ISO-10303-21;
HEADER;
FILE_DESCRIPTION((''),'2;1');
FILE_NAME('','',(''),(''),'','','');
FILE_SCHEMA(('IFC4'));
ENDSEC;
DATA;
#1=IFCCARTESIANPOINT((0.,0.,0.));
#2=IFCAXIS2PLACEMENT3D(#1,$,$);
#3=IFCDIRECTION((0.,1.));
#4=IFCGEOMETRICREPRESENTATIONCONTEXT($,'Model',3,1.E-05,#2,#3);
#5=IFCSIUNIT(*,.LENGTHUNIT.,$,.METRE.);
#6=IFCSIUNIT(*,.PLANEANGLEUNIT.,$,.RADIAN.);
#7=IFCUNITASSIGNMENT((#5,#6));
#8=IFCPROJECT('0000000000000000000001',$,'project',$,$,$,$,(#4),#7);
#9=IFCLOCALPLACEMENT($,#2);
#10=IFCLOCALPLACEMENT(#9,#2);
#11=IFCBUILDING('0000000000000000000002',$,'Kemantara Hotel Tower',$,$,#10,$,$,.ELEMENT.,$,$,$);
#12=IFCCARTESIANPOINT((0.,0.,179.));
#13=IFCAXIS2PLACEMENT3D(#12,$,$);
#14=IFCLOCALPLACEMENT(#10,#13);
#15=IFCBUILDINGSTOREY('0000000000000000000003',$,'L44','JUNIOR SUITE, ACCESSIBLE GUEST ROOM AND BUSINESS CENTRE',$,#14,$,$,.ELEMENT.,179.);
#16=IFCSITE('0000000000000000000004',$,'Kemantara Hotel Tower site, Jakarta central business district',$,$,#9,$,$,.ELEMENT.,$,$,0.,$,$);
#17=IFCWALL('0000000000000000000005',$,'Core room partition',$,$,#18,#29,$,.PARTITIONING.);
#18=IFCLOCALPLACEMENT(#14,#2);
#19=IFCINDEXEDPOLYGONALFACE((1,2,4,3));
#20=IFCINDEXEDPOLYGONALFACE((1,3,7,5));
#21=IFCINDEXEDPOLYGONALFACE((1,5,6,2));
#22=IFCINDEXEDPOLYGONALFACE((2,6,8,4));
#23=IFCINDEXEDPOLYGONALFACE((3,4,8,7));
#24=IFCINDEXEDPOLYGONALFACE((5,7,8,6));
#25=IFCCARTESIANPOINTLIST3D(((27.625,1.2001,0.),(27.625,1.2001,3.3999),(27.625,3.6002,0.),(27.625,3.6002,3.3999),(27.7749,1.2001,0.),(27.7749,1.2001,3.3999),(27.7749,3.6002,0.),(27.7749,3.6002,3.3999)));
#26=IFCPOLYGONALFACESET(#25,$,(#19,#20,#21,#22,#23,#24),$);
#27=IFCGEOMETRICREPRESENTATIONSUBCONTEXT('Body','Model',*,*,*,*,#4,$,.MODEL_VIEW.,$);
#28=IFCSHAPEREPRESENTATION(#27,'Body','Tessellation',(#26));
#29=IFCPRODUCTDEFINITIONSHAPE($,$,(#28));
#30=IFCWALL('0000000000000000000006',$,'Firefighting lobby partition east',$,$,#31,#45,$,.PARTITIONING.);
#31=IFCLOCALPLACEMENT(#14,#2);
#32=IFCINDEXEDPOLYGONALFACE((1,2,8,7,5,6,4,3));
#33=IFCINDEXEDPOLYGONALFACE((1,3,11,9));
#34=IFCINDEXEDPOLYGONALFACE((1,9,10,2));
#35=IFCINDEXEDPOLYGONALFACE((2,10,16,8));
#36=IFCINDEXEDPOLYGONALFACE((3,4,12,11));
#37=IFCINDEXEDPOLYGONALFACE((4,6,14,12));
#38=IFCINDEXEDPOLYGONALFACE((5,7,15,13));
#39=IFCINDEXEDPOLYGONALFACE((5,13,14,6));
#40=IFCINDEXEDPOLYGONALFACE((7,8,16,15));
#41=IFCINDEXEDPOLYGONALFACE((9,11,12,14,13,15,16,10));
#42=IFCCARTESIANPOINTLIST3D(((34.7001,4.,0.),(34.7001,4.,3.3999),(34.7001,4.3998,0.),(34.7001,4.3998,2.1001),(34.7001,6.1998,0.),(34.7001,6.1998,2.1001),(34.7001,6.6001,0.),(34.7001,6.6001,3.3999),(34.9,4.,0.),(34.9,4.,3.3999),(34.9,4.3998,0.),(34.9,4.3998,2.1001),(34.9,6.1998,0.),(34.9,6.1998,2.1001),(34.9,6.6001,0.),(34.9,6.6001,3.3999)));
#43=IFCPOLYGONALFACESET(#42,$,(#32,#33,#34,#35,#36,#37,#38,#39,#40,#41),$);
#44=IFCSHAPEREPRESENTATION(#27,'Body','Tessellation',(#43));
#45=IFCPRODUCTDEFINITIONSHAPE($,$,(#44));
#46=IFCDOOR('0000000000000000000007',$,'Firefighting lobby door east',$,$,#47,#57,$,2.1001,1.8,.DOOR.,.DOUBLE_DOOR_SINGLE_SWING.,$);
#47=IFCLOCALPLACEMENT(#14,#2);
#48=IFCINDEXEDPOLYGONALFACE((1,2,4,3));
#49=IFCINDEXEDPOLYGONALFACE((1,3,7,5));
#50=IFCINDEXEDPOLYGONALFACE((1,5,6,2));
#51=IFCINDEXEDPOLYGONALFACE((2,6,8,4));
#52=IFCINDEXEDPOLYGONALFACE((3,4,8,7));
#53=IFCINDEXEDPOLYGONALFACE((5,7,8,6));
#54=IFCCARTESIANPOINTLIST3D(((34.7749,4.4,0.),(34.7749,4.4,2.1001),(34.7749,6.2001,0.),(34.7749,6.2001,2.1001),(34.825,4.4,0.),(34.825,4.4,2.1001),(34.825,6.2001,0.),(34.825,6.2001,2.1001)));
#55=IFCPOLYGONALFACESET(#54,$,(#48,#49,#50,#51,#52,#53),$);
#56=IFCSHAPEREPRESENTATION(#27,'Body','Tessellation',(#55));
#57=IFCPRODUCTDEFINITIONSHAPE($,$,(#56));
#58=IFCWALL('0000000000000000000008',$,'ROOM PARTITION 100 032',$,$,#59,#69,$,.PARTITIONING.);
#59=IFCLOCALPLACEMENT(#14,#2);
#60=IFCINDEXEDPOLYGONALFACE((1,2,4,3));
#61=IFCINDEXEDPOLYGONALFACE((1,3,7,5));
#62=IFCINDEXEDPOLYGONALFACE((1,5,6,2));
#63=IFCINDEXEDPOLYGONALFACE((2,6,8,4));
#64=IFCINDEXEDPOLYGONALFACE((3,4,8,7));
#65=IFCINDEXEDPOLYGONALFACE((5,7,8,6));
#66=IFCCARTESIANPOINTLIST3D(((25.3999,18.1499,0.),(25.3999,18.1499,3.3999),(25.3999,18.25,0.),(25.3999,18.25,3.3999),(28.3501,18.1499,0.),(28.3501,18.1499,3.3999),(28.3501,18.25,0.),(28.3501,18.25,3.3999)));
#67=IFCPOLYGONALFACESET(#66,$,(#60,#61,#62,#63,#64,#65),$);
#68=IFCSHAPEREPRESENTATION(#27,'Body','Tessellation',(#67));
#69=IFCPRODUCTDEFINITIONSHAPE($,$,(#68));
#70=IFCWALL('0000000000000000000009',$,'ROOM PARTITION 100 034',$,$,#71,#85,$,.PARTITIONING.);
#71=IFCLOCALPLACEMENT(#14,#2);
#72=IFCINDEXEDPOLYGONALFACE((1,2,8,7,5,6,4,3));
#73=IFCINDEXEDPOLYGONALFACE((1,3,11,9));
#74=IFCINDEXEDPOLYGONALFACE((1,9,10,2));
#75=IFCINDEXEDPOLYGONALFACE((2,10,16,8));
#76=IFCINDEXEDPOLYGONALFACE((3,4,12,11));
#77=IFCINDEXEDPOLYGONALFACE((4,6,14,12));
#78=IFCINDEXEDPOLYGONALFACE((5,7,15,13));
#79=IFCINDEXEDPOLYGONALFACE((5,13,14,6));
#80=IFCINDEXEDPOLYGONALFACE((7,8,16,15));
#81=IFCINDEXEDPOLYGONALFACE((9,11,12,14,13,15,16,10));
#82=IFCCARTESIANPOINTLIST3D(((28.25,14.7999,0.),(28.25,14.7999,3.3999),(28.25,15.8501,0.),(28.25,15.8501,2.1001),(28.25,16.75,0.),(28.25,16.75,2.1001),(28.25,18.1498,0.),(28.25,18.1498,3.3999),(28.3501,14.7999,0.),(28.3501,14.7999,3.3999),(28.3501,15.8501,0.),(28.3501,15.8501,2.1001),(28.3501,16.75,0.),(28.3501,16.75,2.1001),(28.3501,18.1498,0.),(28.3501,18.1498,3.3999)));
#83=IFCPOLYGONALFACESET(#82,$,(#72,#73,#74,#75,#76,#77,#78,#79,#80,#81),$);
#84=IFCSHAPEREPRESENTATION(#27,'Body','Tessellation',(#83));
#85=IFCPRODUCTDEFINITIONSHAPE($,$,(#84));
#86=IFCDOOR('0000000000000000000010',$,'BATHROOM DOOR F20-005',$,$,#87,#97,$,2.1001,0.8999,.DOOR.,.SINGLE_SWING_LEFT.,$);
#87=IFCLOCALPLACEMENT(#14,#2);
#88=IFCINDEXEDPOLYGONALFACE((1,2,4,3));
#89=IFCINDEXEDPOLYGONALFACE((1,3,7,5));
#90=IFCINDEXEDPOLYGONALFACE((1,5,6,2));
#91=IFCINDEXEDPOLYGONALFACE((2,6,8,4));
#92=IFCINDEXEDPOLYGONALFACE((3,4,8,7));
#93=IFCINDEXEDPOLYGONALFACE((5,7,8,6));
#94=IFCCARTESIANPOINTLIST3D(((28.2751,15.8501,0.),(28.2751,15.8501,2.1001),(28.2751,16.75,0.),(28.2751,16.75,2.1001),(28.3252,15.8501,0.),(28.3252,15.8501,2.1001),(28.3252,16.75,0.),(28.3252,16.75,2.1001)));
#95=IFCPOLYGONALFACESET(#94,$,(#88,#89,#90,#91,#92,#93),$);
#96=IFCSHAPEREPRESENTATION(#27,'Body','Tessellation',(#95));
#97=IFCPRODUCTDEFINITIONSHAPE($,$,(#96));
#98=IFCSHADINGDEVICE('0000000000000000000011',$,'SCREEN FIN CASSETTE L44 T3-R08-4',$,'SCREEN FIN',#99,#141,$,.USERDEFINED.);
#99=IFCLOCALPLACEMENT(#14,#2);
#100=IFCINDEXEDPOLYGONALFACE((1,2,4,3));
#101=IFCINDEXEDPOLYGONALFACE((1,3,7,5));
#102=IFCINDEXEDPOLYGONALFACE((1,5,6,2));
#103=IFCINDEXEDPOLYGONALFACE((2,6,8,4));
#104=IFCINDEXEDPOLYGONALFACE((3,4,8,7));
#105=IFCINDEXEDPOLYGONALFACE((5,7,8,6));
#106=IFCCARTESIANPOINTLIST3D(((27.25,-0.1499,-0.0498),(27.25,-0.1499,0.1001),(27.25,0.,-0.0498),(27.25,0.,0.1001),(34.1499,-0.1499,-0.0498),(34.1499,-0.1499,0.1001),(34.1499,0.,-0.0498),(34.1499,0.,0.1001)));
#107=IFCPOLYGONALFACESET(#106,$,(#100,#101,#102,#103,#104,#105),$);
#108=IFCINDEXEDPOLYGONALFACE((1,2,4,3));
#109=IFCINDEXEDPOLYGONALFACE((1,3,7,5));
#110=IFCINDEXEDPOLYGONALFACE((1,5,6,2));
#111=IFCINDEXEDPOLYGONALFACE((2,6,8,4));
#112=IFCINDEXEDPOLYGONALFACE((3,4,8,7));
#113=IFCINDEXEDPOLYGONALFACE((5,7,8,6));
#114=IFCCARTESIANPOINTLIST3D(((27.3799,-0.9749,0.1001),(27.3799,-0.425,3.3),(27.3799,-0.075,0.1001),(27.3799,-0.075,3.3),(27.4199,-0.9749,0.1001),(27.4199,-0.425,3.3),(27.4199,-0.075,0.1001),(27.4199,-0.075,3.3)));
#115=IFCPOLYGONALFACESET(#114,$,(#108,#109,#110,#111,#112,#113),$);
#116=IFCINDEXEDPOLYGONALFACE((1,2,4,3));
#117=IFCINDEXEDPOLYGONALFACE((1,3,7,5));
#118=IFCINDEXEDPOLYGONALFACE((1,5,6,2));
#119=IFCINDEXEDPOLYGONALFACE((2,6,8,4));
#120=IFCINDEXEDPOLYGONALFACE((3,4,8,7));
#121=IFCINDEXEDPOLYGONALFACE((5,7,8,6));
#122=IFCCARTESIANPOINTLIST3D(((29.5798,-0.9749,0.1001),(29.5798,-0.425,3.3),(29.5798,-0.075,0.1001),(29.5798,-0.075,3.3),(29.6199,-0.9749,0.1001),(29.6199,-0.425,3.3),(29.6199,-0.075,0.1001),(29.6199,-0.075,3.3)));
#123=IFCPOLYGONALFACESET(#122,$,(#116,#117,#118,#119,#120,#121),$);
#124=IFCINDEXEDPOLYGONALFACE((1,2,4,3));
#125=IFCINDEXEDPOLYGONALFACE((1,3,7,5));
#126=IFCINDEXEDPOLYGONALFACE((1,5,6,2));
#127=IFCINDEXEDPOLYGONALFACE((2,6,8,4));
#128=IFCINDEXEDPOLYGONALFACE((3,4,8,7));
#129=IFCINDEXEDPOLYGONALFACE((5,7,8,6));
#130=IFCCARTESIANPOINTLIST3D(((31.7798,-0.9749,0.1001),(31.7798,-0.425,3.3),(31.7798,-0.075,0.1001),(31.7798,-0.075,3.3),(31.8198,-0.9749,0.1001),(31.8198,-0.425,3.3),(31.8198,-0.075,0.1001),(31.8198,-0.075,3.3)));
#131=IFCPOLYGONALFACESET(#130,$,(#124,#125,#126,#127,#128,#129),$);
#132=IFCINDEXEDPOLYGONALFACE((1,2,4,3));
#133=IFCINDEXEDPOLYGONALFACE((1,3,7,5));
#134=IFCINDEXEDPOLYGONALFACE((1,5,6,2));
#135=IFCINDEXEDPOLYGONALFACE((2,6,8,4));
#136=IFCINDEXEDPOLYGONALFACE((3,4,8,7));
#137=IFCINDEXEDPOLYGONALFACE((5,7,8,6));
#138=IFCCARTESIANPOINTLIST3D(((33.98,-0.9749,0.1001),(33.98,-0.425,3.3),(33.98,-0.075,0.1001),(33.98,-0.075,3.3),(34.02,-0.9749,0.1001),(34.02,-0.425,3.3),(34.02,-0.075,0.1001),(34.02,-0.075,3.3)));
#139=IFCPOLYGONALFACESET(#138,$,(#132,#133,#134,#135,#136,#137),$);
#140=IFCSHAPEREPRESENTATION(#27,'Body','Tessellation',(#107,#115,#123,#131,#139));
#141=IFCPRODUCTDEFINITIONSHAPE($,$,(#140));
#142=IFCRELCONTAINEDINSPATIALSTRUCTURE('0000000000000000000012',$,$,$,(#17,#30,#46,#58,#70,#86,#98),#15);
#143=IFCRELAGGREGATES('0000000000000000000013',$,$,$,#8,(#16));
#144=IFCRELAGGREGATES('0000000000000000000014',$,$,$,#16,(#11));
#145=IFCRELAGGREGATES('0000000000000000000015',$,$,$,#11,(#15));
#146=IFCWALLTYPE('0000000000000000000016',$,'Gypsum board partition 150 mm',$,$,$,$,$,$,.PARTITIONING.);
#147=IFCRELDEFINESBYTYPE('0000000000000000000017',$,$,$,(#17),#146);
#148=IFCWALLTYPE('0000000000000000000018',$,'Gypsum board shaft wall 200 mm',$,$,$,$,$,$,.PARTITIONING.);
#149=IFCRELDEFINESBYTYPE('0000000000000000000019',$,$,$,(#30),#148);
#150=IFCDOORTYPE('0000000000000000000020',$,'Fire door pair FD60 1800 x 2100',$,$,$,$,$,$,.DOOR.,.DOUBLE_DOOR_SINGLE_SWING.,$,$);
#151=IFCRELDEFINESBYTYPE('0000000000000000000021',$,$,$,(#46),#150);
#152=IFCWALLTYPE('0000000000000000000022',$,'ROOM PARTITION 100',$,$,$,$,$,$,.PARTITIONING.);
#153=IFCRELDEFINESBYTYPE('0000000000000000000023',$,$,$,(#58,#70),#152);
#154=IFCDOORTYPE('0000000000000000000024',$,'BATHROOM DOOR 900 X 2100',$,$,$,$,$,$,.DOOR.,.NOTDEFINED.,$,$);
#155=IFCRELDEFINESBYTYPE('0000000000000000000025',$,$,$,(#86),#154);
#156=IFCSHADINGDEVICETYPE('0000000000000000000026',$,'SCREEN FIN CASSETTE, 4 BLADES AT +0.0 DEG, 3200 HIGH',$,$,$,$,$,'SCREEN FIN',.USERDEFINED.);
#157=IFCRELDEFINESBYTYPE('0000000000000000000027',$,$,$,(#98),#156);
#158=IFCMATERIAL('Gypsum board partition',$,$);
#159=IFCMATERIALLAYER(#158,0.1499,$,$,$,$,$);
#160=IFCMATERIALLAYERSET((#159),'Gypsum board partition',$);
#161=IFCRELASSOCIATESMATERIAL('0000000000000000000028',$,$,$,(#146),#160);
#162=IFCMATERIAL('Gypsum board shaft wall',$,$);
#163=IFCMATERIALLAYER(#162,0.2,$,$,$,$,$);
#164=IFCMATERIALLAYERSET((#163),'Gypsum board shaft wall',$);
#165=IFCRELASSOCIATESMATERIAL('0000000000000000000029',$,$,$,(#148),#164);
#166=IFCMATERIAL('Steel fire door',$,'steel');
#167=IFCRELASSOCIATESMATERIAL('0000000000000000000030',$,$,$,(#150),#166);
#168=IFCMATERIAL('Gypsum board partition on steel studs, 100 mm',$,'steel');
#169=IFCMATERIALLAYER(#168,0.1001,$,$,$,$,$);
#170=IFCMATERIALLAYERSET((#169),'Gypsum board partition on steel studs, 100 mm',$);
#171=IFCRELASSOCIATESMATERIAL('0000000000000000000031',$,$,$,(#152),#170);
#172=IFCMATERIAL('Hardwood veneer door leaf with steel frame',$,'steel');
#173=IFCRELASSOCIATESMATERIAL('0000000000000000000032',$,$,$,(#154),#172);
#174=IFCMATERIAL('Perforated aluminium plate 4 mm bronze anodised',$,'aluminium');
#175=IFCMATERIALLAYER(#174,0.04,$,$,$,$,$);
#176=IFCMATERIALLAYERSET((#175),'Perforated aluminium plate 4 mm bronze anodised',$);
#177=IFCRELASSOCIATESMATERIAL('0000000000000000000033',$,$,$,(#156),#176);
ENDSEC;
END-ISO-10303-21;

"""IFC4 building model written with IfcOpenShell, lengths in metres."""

from ifc_helpers import new_model, si_unit, direction, frame, frame_2d, origin, origin_2d, place, context, subcontext, project, spatial, polyline, rectangle, outline, extrude, source, transform, mapped, material, layer, layer_set, type_object, element, fill, save


model = new_model("IFC4")

# Units and contexts
model_context = context("Model", 3, precision=1e-05, world=origin(), true_north=direction((0.0, 1.0)))
body_context = subcontext(model_context, "Body", "Model", "MODEL_VIEW")
ifc_project = project(units=[si_unit("LENGTHUNIT", "METRE"), si_unit("PLANEANGLEUNIT", "RADIAN")], contexts=[model_context])

# Site, building, storey
site_placement = place(None, origin())
site = spatial("IfcSite", under=ifc_project, at=site_placement, Name="Kemantara Hotel Tower site, Jakarta central business district", CompositionType="ELEMENT", RefElevation=0.0)
building_placement = place(site_placement, origin())
building = spatial("IfcBuilding", under=site, at=building_placement, Name="Kemantara Hotel Tower", CompositionType="ELEMENT")
storey_placement = place(building_placement, frame((0.0, 0.0, 179.0)))
storey = spatial("IfcBuildingStorey", under=building, at=storey_placement, Name="L44", Description="JUNIOR SUITE, ACCESSIBLE GUEST ROOM AND BUSINESS CENTRE", CompositionType="ELEMENT", Elevation=179.0)

# Shared definitions
ifc_material_1 = material(Name="Steel fire door", Category="steel")
ifc_material_2 = material(Name="Hardwood veneer door leaf with steel frame", Category="steel")

# Wall
ifc_material_3 = material(Name="Gypsum board partition")
ifc_layer_1 = layer(ifc_material_3, 0.1499)
ifc_layer_set_1 = layer_set([ifc_layer_1], Name="Gypsum board partition")
wall_type_1 = type_object("IfcWallType", Name="Gypsum board partition 150 mm", PredefinedType="PARTITIONING", material=ifc_layer_set_1)
wall_1_placement = place(storey_placement, frame((27.7, 1.2, 0.0), z_axis=(0.0, 0.0, 1.0), x_axis=(0.0, 1.0, 0.0)))
element("IfcWall", 1, at=wall_1_placement, inside=storey, type_object=wall_type_1, Name="Core room partition", PredefinedType="PARTITIONING", context=body_context, shape_type="SweptSolid", body=[
    extrude(rectangle(XDim=2.4001, YDim=0.1499, at=frame_2d((1.2002, 0.0))), origin(), (0.0, 0.0, 1.0), 3.3999),
])

# Wall, opening, door
ifc_material_4 = material(Name="Gypsum board shaft wall")
ifc_layer_2 = layer(ifc_material_4, 0.2)
ifc_layer_set_2 = layer_set([ifc_layer_2], Name="Gypsum board shaft wall")
wall_type_2 = type_object("IfcWallType", Name="Gypsum board shaft wall 200 mm", PredefinedType="PARTITIONING", material=ifc_layer_set_2)
wall_2_placement = place(storey_placement, frame((34.8, 4.0, 0.0), z_axis=(0.0, 0.0, 1.0), x_axis=(0.0, 1.0, 0.0)))
wall_2 = element("IfcWall", 2, at=wall_2_placement, inside=storey, type_object=wall_type_2, Name="Firefighting lobby partition east", PredefinedType="PARTITIONING", context=body_context, shape_type="SweptSolid", body=[
    extrude(rectangle(XDim=2.6001, YDim=0.2, at=frame_2d((1.3, 0.0))), origin(), (0.0, 0.0, 1.0), 3.3999),
])
opening_1_placement = place(wall_2_placement, frame((0.3999, 0.0, 0.0)))
opening_1 = element("IfcOpeningElement", 3, at=opening_1_placement, cuts=wall_2, PredefinedType="OPENING", context=body_context, shape_type="SweptSolid", body=[
    extrude(rectangle(XDim=1.8, YDim=2.1001, at=frame_2d((0.8999, 1.05))), frame((0.0, 0.1099, 0.0), z_axis=(0.0, -1.0, 0.0), x_axis=(1.0, 0.0, 0.0)), (0.0, 0.0, 1.0), 0.22),
])
door_type_1 = type_object("IfcDoorType", Name="Fire door pair FD60 1800 x 2100", OperationType="DOUBLE_DOOR_SINGLE_SWING", PredefinedType="DOOR", material=ifc_material_1)
door_1_placement = place(opening_1_placement, frame((1.8, 0.0, 0.0), z_axis=(0.0, 0.0, 1.0), x_axis=(-1.0, 0.0, 0.0)))
door_1 = element("IfcDoor", 4, at=door_1_placement, inside=storey, type_object=door_type_1, Name="Firefighting lobby door east", OperationType="DOUBLE_DOOR_SINGLE_SWING", OverallHeight=2.1001, OverallWidth=1.8, PredefinedType="DOOR", context=body_context, shape_type="SweptSolid", body=[
    extrude(rectangle(XDim=1.8, YDim=2.1001, at=frame_2d((0.8999, 1.05))), frame((0.0, 0.0249, 0.0), z_axis=(0.0, -1.0, 0.0), x_axis=(1.0, 0.0, 0.0)), (0.0, 0.0, 1.0), 0.05),
])
fill(opening_1, door_1)

# Wall
ifc_material_5 = material(Name="Gypsum board partition on steel studs, 100 mm", Category="steel")
ifc_layer_3 = layer(ifc_material_5, 0.1001)
ifc_layer_set_3 = layer_set([ifc_layer_3], Name="Gypsum board partition on steel studs, 100 mm")
wall_type_3 = type_object("IfcWallType", Name="ROOM PARTITION 100", PredefinedType="PARTITIONING", material=ifc_layer_set_3)
wall_3_placement = place(storey_placement, frame((25.3999, 18.2, 0.0), z_axis=(0.0, 0.0, 1.0), x_axis=(1.0, 0.0, 0.0)))
element("IfcWall", 5, at=wall_3_placement, inside=storey, type_object=wall_type_3, Name="ROOM PARTITION 100 032", PredefinedType="PARTITIONING", context=body_context, shape_type="SweptSolid", body=[
    extrude(rectangle(XDim=2.9502, YDim=0.1001, at=frame_2d((1.4751, 0.0))), origin(), (0.0, 0.0, 1.0), 3.3999),
])

# Wall, opening, door
wall_4_placement = place(storey_placement, frame((28.3, 14.8, 0.0), z_axis=(0.0, 0.0, 1.0), x_axis=(0.0, 1.0, 0.0)))
wall_4 = element("IfcWall", 6, at=wall_4_placement, inside=storey, type_object=wall_type_3, Name="ROOM PARTITION 100 034", PredefinedType="PARTITIONING", context=body_context, shape_type="SweptSolid", body=[
    extrude(rectangle(XDim=3.3499, YDim=0.1001, at=frame_2d((1.6748, 0.0))), origin(), (0.0, 0.0, 1.0), 3.3999),
])
opening_2_placement = place(wall_4_placement, frame((1.05, 0.0, 0.0)))
opening_2 = element("IfcOpeningElement", 7, at=opening_2_placement, cuts=wall_4, PredefinedType="OPENING", context=body_context, shape_type="SweptSolid", body=[
    extrude(rectangle(XDim=0.8999, YDim=2.1001, at=frame_2d((0.45, 1.05))), frame((0.0, 0.0601, 0.0), z_axis=(0.0, -1.0, 0.0), x_axis=(1.0, 0.0, 0.0)), (0.0, 0.0, 1.0), 0.1201),
])
door_type_2 = type_object("IfcDoorType", Name="BATHROOM DOOR 900 X 2100", OperationType="NOTDEFINED", PredefinedType="DOOR", material=ifc_material_2)
door_2_placement = place(opening_2_placement, origin())
door_2 = element("IfcDoor", 8, at=door_2_placement, inside=storey, type_object=door_type_2, Name="BATHROOM DOOR F20-005", OperationType="SINGLE_SWING_LEFT", OverallHeight=2.1001, OverallWidth=0.8999, PredefinedType="DOOR", context=body_context, shape_type="SweptSolid", body=[
    extrude(rectangle(XDim=0.8999, YDim=2.1001, at=frame_2d((0.45, 1.05))), frame((0.0, 0.0249, 0.0), z_axis=(0.0, -1.0, 0.0), x_axis=(1.0, 0.0, 0.0)), (0.0, 0.0, 1.0), 0.05),
])
fill(opening_2, door_2)

# Shading device
ifc_material_6 = material(Name="Perforated aluminium plate 4 mm bronze anodised", Category="aluminium")
ifc_layer_4 = layer(ifc_material_6, 0.04)
ifc_layer_set_4 = layer_set([ifc_layer_4], Name="Perforated aluminium plate 4 mm bronze anodised")
shading_device_type_1 = type_object("IfcShadingDeviceType", Name="SCREEN FIN CASSETTE, 4 BLADES AT +0.0 DEG, 3200 HIGH", ElementType="SCREEN FIN", PredefinedType="USERDEFINED", material=ifc_layer_set_4)
shared_shape_1 = source(origin(), body_context, "Body", "SweptSolid", [
    extrude(rectangle(XDim=6.8999, YDim=0.1499, at=origin_2d()), frame((3.3, -0.075, -0.1499), z_axis=(0.0, 0.0, 1.0), x_axis=(1.0, 0.0, 0.0)), (0.0, 0.0, 1.0), 0.1499),
    extrude(outline(polyline([(0.0, 0.0), (0.8999, 0.0), (0.3501, 3.2), (0.0, 3.2), (0.0, 0.0)])), frame((0.02, -0.075, 0.0), z_axis=(-1.0, 0.0, 0.0), x_axis=(0.0, -1.0, 0.0)), (0.0, 0.0, 1.0), 0.04),
    extrude(outline(polyline([(0.0, 0.0), (0.8999, 0.0), (0.3501, 3.2), (0.0, 3.2), (0.0, 0.0)])), frame((2.22, -0.075, 0.0), z_axis=(-1.0, 0.0, 0.0), x_axis=(0.0, -1.0, 0.0)), (0.0, 0.0, 1.0), 0.04),
    extrude(outline(polyline([(0.0, 0.0), (0.8999, 0.0), (0.3501, 3.2), (0.0, 3.2), (0.0, 0.0)])), frame((4.4199, -0.075, 0.0), z_axis=(-1.0, 0.0, 0.0), x_axis=(0.0, -1.0, 0.0)), (0.0, 0.0, 1.0), 0.04),
    extrude(outline(polyline([(0.0, 0.0), (0.8999, 0.0), (0.3501, 3.2), (0.0, 3.2), (0.0, 0.0)])), frame((6.6201, -0.075, 0.0), z_axis=(-1.0, 0.0, 0.0), x_axis=(0.0, -1.0, 0.0)), (0.0, 0.0, 1.0), 0.04),
])
shading_device_1_placement = place(storey_placement, frame((27.3999, 0.0, 0.1001), z_axis=(0.0, 0.0, 1.0), x_axis=(1.0, 0.0, 0.0)))
element("IfcShadingDevice", 9, at=shading_device_1_placement, inside=storey, type_object=shading_device_type_1, Name="SCREEN FIN CASSETTE L44 T3-R08-4", ObjectType="SCREEN FIN", PredefinedType="USERDEFINED", context=body_context, shape_type="MappedRepresentation", body=[
    mapped(shared_shape_1, transform((0.0, 0.0, 0.0))),
])

save(model, "model.ifc")
